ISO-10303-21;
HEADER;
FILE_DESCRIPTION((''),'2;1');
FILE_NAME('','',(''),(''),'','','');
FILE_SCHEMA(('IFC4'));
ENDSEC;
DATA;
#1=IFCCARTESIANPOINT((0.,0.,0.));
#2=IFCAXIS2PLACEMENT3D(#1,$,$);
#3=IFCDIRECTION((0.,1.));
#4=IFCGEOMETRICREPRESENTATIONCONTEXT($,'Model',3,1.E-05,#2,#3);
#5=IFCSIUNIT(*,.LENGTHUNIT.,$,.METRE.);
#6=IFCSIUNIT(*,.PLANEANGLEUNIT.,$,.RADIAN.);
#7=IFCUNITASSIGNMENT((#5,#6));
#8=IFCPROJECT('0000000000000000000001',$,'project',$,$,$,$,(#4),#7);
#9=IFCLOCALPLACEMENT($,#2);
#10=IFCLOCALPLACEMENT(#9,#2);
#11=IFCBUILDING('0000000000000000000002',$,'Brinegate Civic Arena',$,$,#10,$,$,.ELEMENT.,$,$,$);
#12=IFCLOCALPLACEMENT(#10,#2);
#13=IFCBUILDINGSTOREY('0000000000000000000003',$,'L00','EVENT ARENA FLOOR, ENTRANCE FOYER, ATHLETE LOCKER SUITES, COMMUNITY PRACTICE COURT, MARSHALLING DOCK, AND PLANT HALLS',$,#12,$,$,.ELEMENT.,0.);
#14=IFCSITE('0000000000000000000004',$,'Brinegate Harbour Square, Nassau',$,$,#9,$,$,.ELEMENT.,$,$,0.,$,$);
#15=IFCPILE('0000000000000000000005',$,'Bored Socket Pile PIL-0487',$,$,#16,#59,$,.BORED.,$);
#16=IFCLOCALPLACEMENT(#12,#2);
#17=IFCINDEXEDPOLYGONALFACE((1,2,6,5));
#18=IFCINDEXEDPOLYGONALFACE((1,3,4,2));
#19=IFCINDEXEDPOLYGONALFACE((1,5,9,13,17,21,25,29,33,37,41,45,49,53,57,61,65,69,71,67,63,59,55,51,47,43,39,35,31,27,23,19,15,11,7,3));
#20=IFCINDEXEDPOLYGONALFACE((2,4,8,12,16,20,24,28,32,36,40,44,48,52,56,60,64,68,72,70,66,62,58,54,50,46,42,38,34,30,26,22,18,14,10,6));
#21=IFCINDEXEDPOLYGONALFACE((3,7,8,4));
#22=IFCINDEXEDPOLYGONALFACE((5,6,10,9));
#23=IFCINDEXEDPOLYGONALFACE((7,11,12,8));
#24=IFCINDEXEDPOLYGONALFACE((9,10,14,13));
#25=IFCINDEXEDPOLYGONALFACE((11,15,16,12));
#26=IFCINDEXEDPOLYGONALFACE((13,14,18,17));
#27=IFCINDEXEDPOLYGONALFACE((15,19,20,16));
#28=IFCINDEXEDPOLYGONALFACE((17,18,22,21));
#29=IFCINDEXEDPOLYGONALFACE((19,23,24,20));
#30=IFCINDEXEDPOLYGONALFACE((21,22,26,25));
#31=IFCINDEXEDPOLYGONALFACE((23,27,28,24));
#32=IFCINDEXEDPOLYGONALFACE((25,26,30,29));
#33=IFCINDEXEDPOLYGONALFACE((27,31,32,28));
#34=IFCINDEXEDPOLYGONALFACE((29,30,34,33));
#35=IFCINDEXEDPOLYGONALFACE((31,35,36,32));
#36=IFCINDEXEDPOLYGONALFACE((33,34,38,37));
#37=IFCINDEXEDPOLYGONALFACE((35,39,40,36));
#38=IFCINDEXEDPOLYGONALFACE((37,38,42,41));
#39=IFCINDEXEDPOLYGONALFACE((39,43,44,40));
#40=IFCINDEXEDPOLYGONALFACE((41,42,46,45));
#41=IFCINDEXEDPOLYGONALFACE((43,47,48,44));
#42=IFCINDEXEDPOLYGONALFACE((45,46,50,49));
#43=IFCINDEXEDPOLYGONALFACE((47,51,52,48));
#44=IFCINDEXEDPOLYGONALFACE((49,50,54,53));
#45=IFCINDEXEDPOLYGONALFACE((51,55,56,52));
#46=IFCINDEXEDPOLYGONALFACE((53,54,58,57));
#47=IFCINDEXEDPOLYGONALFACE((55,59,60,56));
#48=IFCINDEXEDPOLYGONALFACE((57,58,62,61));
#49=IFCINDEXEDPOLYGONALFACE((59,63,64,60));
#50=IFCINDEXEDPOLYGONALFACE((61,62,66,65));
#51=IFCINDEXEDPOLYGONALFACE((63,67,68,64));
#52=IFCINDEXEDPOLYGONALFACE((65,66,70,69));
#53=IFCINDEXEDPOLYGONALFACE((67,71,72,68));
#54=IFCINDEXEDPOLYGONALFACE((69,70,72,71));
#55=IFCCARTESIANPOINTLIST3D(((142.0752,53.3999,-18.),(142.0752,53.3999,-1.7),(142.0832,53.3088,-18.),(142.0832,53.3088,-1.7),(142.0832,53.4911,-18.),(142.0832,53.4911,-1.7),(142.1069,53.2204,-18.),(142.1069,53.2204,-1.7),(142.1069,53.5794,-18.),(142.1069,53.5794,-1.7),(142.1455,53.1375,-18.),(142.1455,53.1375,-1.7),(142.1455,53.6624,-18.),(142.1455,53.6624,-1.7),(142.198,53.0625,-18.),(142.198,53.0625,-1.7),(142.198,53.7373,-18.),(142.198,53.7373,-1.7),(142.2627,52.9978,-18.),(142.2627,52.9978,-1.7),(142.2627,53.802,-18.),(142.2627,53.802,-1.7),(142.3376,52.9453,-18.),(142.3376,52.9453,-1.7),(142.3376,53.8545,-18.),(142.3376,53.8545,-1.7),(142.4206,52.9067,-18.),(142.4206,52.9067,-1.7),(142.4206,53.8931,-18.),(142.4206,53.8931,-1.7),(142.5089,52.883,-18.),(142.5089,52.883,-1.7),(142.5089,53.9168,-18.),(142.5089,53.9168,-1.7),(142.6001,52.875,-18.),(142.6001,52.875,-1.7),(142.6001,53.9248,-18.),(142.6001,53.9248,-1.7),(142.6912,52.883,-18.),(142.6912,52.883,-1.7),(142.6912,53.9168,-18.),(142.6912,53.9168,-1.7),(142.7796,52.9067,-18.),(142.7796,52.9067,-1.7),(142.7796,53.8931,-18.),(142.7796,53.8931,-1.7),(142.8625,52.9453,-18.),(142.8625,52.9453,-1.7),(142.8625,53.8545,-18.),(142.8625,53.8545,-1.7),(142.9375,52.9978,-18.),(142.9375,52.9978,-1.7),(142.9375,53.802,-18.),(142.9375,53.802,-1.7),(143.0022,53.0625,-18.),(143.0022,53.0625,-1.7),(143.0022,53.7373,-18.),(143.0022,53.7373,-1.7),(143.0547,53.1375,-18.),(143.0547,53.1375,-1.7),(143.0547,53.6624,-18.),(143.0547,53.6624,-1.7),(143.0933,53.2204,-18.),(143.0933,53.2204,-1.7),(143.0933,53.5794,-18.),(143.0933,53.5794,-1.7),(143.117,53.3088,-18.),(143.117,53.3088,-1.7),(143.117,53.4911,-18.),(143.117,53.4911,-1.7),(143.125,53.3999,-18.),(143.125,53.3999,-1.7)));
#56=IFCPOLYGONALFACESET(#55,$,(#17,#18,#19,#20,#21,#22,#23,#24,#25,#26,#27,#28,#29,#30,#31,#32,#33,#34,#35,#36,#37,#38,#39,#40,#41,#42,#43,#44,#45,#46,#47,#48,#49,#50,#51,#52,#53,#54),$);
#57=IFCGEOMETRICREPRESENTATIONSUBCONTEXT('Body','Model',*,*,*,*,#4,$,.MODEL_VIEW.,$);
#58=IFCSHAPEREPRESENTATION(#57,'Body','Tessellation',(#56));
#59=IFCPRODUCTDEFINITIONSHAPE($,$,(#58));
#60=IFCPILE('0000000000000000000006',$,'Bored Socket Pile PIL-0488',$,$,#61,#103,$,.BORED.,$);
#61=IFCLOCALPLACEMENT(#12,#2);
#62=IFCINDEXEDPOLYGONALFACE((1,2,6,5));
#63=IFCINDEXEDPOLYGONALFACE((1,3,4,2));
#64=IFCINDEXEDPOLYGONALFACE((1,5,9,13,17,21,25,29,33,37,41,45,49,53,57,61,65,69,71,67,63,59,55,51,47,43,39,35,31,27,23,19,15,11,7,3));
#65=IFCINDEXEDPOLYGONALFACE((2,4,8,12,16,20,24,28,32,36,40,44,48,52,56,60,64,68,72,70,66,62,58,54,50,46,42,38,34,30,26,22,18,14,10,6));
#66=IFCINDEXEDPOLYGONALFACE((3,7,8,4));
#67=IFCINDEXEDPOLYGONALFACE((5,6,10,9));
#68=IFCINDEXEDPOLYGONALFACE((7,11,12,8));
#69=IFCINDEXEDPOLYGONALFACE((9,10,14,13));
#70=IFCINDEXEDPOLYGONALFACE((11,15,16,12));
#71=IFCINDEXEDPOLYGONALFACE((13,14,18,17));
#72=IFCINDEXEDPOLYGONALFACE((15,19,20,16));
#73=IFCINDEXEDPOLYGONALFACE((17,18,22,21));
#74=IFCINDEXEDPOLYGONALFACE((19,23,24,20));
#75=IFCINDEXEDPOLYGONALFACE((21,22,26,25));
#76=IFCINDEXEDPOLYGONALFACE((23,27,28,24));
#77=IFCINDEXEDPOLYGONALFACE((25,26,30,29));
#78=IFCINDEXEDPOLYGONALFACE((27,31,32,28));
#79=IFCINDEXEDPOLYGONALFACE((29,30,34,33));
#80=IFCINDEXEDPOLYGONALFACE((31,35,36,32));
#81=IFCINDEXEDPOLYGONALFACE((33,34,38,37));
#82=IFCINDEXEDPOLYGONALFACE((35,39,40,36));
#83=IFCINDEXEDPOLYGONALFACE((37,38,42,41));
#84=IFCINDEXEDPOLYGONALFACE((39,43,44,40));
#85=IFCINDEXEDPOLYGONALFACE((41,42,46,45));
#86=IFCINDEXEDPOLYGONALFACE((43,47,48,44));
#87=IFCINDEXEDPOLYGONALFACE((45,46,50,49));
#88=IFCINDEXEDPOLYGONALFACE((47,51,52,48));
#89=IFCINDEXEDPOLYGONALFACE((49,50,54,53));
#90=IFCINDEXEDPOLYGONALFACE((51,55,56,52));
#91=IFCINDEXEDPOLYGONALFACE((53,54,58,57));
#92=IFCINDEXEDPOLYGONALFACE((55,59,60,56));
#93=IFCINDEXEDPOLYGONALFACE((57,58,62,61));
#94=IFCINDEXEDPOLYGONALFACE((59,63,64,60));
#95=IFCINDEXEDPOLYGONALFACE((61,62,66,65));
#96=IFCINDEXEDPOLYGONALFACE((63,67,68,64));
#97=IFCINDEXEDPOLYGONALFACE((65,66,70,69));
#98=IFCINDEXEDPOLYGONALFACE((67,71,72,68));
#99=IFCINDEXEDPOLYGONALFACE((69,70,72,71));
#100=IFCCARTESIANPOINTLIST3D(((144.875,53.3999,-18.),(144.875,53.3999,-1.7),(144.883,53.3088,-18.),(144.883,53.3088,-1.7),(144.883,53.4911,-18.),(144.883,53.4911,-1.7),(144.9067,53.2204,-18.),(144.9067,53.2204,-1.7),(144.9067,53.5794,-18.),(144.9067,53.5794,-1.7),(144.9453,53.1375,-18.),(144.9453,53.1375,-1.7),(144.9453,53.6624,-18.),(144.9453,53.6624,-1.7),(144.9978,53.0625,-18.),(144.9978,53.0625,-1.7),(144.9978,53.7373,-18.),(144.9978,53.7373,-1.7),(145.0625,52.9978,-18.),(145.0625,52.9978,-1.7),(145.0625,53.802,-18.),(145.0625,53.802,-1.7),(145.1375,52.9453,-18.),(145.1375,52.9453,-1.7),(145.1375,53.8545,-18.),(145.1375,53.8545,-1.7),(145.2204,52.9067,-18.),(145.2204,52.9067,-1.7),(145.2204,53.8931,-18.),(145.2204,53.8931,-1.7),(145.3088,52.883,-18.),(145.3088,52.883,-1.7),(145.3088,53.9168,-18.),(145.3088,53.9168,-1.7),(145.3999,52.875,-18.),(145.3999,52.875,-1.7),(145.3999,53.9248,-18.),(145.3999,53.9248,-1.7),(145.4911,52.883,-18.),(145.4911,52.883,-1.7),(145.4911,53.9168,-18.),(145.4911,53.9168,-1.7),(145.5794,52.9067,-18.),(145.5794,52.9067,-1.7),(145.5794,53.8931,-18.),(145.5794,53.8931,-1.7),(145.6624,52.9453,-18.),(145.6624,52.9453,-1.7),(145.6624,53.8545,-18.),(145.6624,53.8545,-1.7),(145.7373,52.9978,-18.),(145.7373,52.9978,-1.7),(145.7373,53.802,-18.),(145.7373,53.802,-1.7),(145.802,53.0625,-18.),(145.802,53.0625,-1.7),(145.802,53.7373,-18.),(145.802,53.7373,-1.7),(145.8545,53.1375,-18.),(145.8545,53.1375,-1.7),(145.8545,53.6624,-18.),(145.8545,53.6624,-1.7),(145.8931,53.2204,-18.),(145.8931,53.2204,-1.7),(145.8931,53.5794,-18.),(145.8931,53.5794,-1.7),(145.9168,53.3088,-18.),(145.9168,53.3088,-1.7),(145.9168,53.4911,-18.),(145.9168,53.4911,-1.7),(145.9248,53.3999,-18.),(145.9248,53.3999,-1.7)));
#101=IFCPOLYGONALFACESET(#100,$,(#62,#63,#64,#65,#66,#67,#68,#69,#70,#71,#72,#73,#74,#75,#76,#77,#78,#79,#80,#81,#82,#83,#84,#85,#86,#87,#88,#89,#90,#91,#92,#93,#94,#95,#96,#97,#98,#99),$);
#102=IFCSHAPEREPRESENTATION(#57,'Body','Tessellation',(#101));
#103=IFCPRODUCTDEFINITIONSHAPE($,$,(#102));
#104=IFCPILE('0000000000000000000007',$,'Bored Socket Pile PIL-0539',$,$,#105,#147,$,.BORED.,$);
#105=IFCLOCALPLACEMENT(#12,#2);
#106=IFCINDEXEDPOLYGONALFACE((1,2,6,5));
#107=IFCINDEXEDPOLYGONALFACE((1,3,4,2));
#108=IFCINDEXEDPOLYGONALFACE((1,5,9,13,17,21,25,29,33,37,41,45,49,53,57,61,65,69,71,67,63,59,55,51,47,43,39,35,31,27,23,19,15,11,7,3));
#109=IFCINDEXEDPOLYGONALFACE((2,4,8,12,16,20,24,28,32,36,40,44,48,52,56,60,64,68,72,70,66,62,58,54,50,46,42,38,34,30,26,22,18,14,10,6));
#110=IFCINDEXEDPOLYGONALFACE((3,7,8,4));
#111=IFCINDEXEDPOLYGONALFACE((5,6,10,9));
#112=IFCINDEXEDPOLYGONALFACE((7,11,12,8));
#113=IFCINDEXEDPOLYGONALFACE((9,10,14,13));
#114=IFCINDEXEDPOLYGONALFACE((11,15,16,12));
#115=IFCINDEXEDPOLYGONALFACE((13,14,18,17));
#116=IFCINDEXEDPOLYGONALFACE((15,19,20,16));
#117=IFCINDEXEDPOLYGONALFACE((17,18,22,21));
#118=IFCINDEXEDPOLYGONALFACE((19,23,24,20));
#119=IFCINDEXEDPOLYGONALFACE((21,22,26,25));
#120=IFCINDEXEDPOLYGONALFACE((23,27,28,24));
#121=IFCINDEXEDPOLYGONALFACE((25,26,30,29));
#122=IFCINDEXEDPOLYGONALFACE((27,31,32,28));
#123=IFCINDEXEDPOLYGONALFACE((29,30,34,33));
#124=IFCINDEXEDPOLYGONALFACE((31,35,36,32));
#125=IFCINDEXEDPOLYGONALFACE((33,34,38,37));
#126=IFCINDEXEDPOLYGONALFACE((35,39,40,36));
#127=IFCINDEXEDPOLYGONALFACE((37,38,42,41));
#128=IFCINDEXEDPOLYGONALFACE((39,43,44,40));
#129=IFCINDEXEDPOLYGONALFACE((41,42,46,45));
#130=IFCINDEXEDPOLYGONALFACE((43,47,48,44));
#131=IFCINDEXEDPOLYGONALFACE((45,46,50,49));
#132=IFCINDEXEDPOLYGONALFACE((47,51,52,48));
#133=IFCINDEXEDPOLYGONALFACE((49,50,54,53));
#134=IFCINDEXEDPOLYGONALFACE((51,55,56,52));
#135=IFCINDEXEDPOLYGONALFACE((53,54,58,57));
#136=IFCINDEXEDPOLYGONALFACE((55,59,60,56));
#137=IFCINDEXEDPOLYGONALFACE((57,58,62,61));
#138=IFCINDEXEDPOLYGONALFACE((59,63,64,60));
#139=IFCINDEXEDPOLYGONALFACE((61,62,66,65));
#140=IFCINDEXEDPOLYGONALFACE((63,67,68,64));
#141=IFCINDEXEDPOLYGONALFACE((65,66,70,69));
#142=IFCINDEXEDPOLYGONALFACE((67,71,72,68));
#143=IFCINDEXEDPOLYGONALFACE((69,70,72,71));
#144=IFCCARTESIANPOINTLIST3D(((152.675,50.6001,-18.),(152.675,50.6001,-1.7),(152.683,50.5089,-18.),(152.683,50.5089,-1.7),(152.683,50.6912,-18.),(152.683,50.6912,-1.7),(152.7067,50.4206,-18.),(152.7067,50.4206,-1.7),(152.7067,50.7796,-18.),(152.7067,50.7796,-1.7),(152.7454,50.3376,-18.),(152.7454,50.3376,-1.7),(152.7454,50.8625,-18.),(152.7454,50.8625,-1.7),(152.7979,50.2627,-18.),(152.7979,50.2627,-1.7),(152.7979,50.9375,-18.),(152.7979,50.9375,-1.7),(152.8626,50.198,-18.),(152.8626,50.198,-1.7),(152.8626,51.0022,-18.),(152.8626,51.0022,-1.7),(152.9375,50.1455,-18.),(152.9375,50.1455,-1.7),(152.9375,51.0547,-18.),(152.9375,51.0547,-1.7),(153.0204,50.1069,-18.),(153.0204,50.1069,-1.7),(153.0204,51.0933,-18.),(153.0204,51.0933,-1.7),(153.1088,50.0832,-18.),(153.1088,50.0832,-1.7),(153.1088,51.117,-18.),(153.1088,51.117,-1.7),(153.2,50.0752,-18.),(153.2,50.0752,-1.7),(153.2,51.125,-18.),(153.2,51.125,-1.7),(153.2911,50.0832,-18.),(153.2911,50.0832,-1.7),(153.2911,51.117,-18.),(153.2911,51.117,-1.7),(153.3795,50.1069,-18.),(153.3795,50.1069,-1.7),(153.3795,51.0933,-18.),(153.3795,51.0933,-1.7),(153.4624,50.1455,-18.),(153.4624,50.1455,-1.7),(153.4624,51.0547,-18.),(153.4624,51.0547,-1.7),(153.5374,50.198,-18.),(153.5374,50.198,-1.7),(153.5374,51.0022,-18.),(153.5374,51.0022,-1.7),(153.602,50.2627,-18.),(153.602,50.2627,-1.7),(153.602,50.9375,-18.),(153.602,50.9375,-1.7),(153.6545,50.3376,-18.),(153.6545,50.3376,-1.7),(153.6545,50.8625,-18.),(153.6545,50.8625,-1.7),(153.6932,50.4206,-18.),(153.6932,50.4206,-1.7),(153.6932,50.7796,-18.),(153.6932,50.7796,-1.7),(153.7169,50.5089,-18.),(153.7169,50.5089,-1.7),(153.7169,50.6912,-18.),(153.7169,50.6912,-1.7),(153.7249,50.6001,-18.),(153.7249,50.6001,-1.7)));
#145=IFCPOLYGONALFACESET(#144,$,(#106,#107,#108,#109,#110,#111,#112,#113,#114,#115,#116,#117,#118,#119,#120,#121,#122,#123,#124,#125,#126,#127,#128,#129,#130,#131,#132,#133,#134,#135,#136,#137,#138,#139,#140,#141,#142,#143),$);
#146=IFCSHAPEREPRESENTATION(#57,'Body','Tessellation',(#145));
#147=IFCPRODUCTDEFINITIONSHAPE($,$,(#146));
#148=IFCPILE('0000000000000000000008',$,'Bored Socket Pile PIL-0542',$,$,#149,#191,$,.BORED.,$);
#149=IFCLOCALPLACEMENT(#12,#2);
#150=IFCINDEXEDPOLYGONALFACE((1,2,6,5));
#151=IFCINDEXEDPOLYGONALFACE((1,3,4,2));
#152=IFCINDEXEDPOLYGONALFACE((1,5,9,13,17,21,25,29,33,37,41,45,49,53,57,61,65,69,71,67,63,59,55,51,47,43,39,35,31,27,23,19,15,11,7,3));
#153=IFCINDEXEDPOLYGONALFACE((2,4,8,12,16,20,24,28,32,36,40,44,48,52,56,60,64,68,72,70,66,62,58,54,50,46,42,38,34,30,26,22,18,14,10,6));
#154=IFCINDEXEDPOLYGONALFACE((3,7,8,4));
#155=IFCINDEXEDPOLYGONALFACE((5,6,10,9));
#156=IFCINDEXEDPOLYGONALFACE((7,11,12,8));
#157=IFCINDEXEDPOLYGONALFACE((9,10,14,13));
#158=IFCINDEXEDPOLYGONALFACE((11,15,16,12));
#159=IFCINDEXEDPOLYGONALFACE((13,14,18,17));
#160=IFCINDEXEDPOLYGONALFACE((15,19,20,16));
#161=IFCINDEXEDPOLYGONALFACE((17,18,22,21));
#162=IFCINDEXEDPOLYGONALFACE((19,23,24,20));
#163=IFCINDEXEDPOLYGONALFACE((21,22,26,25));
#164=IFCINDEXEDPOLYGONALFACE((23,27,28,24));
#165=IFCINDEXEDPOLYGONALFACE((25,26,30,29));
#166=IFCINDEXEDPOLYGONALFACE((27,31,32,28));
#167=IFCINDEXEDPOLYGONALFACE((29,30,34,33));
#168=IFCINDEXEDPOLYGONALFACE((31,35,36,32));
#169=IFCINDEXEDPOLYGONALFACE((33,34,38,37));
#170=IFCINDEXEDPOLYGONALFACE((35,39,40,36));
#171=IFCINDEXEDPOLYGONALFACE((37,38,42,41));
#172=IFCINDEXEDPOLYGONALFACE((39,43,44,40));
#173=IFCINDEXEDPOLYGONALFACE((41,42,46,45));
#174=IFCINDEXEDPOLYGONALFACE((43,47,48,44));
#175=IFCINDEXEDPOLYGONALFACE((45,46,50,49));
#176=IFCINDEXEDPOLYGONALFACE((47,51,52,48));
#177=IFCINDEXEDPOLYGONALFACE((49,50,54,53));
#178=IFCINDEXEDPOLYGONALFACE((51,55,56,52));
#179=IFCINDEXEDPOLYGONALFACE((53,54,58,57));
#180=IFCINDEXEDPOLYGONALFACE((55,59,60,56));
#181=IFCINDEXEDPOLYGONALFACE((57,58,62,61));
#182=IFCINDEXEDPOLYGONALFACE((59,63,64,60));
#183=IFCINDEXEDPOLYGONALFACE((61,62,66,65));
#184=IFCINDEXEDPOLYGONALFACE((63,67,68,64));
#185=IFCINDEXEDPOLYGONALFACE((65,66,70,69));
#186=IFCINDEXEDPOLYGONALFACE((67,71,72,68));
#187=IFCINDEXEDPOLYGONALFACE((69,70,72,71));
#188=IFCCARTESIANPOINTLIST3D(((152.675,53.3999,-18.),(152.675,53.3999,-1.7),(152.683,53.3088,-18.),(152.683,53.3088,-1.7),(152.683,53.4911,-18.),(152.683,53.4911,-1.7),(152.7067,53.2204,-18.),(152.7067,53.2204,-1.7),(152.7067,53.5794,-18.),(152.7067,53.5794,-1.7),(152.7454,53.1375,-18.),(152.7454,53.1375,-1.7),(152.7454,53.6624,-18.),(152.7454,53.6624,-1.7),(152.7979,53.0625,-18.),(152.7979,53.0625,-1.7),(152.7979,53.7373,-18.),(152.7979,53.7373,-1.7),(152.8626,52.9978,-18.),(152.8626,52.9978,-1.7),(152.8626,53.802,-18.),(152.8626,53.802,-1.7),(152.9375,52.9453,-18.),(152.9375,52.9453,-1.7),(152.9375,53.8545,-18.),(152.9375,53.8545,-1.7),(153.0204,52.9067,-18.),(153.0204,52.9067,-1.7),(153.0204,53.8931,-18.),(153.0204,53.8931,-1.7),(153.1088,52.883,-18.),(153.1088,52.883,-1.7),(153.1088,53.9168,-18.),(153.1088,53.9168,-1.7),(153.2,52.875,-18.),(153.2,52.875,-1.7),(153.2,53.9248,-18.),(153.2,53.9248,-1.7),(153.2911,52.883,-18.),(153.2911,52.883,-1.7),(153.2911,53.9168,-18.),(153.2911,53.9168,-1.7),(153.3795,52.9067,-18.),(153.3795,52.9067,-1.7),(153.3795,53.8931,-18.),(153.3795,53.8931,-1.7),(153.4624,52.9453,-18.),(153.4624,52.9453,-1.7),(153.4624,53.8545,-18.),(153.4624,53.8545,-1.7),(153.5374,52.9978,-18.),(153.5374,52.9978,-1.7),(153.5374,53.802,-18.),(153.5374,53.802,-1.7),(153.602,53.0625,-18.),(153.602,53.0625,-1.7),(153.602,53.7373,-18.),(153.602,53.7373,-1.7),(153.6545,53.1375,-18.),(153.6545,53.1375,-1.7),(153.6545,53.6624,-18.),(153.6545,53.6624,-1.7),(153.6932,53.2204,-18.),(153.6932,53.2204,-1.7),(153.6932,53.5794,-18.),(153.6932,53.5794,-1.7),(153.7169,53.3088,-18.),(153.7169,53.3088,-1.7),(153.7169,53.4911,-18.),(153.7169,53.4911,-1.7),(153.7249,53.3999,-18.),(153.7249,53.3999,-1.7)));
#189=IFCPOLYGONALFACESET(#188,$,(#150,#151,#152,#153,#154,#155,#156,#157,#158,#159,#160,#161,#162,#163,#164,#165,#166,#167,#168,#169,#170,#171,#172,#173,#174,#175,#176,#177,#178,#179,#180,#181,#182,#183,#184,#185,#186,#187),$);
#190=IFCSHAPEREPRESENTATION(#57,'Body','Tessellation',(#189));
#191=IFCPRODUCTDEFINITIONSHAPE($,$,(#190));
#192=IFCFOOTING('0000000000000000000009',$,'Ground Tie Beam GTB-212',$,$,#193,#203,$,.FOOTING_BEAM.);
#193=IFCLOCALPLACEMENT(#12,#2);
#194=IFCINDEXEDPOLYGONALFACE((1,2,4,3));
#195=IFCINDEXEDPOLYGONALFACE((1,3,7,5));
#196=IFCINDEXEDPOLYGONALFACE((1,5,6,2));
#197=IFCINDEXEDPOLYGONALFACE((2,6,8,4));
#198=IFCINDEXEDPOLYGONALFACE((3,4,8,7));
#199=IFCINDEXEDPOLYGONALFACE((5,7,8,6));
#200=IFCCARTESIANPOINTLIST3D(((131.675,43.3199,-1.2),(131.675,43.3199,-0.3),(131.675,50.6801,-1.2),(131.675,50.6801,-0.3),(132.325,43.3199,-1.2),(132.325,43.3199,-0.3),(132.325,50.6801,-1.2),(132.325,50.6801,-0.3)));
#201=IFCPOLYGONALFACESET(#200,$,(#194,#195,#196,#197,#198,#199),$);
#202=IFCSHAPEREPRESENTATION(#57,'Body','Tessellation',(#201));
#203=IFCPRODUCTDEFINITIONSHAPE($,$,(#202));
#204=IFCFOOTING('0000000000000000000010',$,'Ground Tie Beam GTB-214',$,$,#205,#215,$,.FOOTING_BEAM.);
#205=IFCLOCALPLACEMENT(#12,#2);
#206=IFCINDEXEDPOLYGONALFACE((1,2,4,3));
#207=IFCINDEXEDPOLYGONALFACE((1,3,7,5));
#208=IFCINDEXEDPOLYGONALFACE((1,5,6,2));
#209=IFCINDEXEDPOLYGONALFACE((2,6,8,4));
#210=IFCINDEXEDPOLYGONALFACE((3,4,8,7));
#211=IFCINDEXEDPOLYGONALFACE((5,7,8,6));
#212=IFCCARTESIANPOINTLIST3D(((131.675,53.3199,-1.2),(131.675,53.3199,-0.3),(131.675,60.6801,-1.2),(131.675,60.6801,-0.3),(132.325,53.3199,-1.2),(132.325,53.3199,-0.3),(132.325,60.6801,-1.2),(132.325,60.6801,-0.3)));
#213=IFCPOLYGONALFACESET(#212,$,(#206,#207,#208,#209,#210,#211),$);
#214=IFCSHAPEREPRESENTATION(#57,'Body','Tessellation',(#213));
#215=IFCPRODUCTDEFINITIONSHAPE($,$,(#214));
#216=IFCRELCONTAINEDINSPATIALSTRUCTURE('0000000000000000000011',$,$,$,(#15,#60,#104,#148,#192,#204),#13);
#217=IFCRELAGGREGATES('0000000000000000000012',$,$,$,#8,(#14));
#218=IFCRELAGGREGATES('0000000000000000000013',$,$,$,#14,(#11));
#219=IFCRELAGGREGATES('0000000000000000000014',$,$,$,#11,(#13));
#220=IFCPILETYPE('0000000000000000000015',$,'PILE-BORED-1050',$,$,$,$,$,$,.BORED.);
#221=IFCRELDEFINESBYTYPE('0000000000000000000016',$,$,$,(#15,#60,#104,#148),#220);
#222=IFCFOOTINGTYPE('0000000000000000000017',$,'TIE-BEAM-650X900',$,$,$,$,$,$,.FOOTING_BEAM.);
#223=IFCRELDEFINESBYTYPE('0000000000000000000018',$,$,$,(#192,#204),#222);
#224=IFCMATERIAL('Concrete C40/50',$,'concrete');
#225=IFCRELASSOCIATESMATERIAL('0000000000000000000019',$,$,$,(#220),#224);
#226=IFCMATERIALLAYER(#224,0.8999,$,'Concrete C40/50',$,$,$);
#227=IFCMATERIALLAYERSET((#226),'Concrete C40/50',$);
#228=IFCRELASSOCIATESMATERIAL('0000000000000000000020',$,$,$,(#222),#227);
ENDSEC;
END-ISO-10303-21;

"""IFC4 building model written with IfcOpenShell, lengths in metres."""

from ifc_helpers import new_model, si_unit, direction, frame, origin, origin_2d, place, context, subcontext, project, spatial, rectangle, circle, extrude, material, layer, layer_set, material_profile, profile_set, type_object, element, save


model = new_model("IFC4")

# Units and contexts
model_context = context("Model", 3, precision=1e-05, world=origin(), true_north=direction((0.0, 1.0)))
body_context = subcontext(model_context, "Body", "Model", "MODEL_VIEW")
ifc_project = project(units=[si_unit("LENGTHUNIT", "METRE"), si_unit("PLANEANGLEUNIT", "RADIAN")], contexts=[model_context])

# Site, building, storey
site_placement = place(None, origin())
site = spatial("IfcSite", under=ifc_project, at=site_placement, Name="Brinegate Harbour Square, Nassau", CompositionType="ELEMENT", RefElevation=0.0)
building_placement = place(site_placement, origin())
building = spatial("IfcBuilding", under=site, at=building_placement, Name="Brinegate Civic Arena", CompositionType="ELEMENT")
storey_placement = place(building_placement, origin())
storey = spatial("IfcBuildingStorey", under=building, at=storey_placement, Name="L00", Description="EVENT ARENA FLOOR, ENTRANCE FOYER, ATHLETE LOCKER SUITES, COMMUNITY PRACTICE COURT, MARSHALLING DOCK, AND PLANT HALLS", CompositionType="ELEMENT", Elevation=0.0)

# Shared definitions
ifc_material_1 = material(Name="Concrete C40/50", Category="concrete")

# Piles
ifc_material_profile_1 = material_profile(ifc_material_1, circle(Radius=0.5249, at=origin_2d()), Name="PILED1050")
ifc_profile_set_1 = profile_set([ifc_material_profile_1], Name="Concrete C40/50")
pile_type = type_object("IfcPileType", Name="PILE-BORED-1050", PredefinedType="BORED", material=ifc_profile_set_1)
for number, where, z_axis, x_axis, name in (
    (1, (142.6001, 53.3999, -1.7), (0.0, 0.0, -1.0), (1.0, 0.0, 0.0), "Bored Socket Pile PIL-0487"),
    (2, (145.3999, 53.3999, -1.7), (0.0, 0.0, -1.0), (1.0, 0.0, 0.0), "Bored Socket Pile PIL-0488"),
    (3, (153.2, 50.6001, -1.7), (0.0, 0.0, -1.0), (1.0, 0.0, 0.0), "Bored Socket Pile PIL-0539"),
    (4, (153.2, 53.3999, -1.7), (0.0, 0.0, -1.0), (1.0, 0.0, 0.0), "Bored Socket Pile PIL-0542"),
):
    element("IfcPile", number, at=place(storey_placement, frame(where, z_axis=z_axis, x_axis=x_axis)), inside=storey, type_object=pile_type, Name=name, PredefinedType="BORED", context=body_context, shape_type="SweptSolid", body=[
        extrude(circle(Radius=0.5249, at=origin_2d()), origin(), (0.0, 0.0, 1.0), 16.3),
    ])

# Footings
ifc_layer_1 = layer(ifc_material_1, 0.8999, Name="Concrete C40/50")
ifc_layer_set_1 = layer_set([ifc_layer_1], Name="Concrete C40/50")
footing_type_1 = type_object("IfcFootingType", Name="TIE-BEAM-650X900", PredefinedType="FOOTING_BEAM", material=ifc_layer_set_1)
for number, where, z_axis, x_axis, name in (
    (5, (132.0, 47.0, -1.2), (0.0, 0.0, 1.0), (0.0, 1.0, 0.0), "Ground Tie Beam GTB-212"),
    (6, (132.0, 57.0, -1.2), (0.0, 0.0, 1.0), (0.0, 1.0, 0.0), "Ground Tie Beam GTB-214"),
):
    element("IfcFooting", number, at=place(storey_placement, frame(where, z_axis=z_axis, x_axis=x_axis)), inside=storey, type_object=footing_type_1, Name=name, PredefinedType="FOOTING_BEAM", context=body_context, shape_type="SweptSolid", body=[
        extrude(rectangle(XDim=7.3601, YDim=0.6499, at=origin_2d()), origin(), (0.0, 0.0, 1.0), 0.8999),
    ])

save(model, "model.ifc")
